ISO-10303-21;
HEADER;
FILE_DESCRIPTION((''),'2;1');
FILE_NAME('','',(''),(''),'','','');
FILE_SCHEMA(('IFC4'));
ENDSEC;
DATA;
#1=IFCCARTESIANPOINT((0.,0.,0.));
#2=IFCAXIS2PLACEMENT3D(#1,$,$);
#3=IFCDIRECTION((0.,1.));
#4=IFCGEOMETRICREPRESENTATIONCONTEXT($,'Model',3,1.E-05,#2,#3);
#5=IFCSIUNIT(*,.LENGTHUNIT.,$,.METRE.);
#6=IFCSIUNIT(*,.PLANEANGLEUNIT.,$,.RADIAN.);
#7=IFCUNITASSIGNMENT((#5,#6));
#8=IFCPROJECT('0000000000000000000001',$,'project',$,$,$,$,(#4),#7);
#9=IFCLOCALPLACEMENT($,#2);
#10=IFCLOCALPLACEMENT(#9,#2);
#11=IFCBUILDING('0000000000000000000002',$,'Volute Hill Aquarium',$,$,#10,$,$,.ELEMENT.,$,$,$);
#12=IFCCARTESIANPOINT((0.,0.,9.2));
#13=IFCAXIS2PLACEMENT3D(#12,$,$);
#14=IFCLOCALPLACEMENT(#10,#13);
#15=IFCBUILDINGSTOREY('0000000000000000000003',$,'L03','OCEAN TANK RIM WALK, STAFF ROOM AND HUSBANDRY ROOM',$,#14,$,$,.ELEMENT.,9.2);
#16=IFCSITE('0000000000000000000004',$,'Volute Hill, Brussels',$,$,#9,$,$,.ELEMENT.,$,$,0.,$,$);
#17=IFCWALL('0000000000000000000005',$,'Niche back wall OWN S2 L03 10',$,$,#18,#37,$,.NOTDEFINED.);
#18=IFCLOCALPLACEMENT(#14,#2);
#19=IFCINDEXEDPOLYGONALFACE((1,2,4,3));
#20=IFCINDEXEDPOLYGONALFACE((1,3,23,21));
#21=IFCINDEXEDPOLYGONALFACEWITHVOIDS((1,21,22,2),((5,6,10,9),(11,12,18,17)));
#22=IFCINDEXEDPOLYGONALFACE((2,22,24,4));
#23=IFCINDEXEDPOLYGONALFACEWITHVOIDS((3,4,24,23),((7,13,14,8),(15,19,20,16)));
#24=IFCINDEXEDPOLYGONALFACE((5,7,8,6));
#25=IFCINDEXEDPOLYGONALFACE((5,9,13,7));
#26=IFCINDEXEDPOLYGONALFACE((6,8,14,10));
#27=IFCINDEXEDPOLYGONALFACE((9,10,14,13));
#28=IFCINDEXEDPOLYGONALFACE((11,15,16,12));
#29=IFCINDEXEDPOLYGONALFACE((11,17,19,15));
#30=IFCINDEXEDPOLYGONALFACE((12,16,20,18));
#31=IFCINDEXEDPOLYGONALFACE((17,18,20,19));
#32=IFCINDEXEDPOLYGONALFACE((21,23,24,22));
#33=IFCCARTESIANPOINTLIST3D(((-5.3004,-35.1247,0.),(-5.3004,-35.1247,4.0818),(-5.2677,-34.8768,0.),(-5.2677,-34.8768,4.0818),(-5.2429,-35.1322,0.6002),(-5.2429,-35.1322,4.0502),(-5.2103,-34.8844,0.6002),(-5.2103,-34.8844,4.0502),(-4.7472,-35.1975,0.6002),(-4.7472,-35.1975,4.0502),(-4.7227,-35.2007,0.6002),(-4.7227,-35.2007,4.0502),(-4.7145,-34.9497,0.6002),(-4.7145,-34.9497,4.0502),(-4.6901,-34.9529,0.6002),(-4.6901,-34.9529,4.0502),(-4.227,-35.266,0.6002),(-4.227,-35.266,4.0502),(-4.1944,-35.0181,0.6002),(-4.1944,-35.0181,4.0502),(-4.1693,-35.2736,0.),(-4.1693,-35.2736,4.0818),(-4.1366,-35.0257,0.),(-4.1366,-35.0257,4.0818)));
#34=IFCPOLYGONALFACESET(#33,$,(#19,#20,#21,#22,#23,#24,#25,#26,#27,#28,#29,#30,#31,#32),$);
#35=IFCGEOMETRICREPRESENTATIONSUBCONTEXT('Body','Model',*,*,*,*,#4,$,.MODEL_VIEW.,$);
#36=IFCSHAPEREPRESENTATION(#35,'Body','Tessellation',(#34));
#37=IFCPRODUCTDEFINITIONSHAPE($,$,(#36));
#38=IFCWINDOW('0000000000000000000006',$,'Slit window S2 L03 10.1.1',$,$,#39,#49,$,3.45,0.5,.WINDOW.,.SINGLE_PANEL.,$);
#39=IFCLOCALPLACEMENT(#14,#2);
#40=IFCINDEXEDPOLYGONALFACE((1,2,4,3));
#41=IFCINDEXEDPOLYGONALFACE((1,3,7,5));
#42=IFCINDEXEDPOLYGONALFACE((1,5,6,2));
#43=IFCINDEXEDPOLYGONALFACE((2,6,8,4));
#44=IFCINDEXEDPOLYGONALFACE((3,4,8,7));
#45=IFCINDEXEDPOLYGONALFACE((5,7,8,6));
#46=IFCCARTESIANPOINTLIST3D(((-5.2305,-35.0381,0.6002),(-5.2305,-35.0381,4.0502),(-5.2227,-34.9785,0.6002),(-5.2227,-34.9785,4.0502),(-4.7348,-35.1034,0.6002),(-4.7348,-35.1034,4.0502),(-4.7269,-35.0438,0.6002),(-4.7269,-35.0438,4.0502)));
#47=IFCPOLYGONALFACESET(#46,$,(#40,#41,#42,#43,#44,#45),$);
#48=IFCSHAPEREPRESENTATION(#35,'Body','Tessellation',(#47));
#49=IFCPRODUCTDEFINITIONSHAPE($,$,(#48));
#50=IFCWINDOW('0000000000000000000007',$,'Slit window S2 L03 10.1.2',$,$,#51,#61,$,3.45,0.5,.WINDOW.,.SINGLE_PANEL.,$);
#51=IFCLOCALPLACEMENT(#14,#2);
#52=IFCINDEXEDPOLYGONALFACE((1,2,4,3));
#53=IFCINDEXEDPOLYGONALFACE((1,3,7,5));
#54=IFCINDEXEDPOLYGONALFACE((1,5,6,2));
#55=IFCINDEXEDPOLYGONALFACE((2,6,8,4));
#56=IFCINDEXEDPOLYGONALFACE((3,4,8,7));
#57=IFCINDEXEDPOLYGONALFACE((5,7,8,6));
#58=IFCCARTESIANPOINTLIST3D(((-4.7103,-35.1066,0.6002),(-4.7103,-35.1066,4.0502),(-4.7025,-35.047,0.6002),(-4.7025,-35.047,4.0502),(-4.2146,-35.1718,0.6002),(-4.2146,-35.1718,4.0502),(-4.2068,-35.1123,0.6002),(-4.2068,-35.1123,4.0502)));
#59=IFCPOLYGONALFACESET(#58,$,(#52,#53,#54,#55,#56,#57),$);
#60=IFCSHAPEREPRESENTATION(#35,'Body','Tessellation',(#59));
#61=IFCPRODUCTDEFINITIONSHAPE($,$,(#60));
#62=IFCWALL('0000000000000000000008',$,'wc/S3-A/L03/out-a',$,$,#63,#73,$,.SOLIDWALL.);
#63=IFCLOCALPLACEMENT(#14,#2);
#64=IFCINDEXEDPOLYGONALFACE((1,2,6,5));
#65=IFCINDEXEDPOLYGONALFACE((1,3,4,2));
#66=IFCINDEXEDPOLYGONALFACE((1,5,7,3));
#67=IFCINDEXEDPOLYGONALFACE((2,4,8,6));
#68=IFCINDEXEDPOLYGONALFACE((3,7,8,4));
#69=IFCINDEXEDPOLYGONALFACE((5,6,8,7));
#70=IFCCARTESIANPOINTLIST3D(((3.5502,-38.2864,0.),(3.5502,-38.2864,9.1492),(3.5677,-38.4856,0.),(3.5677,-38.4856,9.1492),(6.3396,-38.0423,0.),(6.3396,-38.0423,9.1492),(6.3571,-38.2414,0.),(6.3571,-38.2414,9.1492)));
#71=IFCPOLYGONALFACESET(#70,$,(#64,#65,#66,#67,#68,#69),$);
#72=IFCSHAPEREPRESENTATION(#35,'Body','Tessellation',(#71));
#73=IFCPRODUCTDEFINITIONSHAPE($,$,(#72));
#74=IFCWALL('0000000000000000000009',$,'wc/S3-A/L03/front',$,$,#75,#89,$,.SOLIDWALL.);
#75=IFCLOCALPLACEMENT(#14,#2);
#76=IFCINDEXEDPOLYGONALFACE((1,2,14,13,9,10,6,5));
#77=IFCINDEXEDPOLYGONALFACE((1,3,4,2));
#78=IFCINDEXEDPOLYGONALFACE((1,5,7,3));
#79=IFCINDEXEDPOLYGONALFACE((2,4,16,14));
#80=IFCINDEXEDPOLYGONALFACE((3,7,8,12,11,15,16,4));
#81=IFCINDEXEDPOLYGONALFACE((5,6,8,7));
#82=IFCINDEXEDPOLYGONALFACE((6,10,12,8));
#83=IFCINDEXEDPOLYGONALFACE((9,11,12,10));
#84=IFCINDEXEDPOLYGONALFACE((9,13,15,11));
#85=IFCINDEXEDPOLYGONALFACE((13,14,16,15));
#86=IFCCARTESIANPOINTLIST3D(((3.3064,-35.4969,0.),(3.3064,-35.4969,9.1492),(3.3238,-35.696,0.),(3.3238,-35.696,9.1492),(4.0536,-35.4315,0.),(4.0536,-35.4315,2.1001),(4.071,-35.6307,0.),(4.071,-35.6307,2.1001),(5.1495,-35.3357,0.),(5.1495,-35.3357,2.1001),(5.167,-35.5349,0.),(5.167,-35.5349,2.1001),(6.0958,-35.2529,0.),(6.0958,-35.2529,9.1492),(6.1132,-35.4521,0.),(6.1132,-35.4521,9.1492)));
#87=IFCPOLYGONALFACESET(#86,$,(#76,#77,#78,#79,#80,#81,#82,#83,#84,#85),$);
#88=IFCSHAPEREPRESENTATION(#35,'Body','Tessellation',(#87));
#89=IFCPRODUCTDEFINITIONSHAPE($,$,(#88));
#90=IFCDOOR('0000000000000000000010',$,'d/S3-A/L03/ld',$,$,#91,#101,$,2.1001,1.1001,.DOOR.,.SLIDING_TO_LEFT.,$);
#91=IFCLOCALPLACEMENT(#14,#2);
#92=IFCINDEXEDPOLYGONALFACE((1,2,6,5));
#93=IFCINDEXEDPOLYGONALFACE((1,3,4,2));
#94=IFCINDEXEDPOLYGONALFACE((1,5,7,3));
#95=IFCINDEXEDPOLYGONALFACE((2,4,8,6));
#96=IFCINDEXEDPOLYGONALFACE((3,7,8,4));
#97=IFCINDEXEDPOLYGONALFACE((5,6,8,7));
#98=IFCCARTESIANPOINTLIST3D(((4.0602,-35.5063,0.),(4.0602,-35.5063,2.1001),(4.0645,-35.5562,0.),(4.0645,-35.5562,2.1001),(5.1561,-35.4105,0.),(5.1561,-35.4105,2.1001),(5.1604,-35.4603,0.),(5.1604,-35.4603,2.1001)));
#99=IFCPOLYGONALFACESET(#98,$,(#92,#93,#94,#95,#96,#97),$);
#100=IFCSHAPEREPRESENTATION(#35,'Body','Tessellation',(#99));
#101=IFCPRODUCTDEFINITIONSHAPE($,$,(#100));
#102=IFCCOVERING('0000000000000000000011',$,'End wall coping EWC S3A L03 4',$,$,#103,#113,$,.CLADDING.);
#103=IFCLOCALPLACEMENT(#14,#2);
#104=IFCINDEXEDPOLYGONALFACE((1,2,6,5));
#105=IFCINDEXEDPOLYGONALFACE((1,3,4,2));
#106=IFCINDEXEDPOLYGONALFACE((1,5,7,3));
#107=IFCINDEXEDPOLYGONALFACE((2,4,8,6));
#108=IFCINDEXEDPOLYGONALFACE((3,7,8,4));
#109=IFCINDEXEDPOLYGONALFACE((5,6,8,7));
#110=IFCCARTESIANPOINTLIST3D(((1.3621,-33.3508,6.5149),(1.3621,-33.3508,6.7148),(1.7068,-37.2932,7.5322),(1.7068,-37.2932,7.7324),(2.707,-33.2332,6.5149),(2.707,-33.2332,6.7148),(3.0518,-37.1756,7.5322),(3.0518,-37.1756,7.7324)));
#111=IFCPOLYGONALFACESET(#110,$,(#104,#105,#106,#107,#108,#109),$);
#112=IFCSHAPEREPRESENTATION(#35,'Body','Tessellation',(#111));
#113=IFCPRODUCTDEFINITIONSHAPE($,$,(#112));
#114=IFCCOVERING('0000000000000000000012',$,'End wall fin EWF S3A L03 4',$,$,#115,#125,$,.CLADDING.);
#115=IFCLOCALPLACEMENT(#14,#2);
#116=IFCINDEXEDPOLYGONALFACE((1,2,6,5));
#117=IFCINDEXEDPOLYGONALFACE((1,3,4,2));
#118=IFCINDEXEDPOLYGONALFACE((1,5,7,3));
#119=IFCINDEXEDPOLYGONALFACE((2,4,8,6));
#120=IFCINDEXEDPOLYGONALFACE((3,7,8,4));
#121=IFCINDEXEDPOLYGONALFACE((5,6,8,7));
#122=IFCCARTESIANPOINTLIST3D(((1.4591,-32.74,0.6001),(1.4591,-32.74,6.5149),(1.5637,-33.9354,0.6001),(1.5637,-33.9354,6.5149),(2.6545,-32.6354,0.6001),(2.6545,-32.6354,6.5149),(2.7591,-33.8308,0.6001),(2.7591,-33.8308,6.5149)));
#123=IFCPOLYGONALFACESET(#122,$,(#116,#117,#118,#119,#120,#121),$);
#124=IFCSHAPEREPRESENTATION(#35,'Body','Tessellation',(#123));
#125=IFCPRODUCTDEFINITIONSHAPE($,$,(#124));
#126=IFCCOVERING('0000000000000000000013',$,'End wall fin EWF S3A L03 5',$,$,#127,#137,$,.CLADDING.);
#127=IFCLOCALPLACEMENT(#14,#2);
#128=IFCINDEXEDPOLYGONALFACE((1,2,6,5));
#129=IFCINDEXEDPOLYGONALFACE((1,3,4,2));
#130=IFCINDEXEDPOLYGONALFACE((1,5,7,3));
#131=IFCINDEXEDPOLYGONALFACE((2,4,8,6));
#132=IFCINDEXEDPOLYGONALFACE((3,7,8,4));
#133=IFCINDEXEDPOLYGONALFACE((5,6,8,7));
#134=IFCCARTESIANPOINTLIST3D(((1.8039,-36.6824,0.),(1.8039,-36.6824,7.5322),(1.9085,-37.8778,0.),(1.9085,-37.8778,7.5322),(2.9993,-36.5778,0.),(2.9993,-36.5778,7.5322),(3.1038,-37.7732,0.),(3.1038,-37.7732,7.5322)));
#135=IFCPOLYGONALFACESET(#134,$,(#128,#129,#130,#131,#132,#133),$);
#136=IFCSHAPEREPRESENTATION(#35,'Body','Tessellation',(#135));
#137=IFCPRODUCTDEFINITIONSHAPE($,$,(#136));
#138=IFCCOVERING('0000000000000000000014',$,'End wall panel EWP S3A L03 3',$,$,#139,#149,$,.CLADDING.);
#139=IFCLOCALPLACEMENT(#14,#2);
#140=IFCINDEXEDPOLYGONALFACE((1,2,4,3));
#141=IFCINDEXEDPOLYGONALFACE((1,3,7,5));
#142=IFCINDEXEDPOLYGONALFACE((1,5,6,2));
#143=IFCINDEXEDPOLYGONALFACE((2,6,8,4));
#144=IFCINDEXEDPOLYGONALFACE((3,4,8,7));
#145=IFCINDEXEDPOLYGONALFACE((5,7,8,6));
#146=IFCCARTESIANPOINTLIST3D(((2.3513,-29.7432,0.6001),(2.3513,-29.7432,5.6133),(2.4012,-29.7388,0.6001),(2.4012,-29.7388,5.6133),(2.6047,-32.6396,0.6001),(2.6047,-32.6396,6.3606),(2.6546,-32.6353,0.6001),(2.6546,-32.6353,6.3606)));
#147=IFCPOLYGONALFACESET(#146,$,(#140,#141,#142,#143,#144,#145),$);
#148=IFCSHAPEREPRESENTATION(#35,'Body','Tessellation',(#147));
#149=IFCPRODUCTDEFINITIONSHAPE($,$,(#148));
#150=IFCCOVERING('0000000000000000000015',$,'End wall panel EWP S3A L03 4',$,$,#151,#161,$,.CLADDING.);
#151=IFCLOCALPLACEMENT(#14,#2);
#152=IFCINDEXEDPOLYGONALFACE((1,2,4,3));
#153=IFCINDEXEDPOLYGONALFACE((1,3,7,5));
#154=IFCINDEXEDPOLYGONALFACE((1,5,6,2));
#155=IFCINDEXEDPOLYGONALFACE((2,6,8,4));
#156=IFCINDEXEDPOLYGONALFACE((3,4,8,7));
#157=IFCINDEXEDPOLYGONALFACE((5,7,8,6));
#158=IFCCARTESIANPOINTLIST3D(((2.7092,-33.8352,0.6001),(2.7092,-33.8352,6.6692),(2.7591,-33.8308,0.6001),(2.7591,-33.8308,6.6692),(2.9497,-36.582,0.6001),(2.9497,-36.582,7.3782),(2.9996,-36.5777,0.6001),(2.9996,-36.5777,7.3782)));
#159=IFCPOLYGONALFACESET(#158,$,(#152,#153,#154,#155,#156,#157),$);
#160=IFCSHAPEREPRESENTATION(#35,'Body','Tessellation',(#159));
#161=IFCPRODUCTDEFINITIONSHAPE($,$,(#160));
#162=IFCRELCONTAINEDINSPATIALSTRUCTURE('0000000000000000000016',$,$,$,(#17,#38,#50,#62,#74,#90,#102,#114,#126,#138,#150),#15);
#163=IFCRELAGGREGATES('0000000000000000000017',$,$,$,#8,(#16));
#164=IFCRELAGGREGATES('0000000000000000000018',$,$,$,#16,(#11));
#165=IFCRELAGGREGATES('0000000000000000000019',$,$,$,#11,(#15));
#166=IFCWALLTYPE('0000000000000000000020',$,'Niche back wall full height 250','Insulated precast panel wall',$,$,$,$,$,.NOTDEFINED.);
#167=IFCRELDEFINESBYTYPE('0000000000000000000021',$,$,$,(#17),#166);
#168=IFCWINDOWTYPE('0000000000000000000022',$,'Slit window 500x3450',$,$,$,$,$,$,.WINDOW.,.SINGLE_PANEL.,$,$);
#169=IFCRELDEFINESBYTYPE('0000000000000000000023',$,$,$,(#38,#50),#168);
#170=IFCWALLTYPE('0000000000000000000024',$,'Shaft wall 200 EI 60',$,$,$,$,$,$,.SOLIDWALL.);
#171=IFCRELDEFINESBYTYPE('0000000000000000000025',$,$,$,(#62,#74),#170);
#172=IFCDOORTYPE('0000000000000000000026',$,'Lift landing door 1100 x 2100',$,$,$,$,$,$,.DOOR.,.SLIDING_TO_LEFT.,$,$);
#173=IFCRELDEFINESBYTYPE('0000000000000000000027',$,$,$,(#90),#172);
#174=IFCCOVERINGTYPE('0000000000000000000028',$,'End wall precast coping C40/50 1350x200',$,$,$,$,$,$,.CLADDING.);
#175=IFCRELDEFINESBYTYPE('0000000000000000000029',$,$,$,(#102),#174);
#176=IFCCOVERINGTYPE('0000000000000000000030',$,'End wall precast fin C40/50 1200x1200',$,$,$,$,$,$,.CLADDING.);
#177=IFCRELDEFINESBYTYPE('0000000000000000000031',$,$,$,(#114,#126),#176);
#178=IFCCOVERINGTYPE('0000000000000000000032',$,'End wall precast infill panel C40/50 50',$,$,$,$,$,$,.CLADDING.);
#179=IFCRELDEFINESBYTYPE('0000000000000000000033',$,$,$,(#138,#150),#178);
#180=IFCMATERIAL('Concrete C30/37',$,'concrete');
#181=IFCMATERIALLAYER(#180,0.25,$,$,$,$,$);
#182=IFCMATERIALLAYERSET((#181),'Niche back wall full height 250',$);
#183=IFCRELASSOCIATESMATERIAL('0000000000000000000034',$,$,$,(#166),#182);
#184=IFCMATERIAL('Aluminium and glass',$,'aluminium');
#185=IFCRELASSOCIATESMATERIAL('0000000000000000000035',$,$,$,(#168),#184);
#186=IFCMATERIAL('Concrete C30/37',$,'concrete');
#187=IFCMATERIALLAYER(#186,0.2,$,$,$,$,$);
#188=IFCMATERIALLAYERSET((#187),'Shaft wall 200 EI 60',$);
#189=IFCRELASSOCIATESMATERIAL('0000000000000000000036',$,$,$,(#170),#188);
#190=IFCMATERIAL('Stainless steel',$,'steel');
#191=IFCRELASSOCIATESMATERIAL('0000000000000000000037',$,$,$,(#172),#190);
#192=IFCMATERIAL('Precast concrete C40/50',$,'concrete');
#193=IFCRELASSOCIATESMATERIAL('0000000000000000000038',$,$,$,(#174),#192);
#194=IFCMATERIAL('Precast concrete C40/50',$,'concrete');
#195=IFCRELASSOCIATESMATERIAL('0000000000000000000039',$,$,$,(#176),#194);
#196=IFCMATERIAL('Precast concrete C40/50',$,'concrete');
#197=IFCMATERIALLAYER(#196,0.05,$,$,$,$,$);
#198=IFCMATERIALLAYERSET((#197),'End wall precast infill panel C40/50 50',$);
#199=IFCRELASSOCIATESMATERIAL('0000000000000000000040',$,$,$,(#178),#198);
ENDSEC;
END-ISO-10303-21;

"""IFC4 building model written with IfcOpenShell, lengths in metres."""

from ifc_helpers import new_model, si_unit, direction, frame, frame_2d, origin, origin_2d, place, context, subcontext, project, spatial, polyline, rectangle, outline, extrude, material, layer, layer_set, type_object, element, fill, save


model = new_model("IFC4")

# Units and contexts
model_context = context("Model", 3, precision=1e-05, world=origin(), true_north=direction((0.0, 1.0)))
body_context = subcontext(model_context, "Body", "Model", "MODEL_VIEW")
ifc_project = project(units=[si_unit("LENGTHUNIT", "METRE"), si_unit("PLANEANGLEUNIT", "RADIAN")], contexts=[model_context])

# Site, building, storey
site_placement = place(None, origin())
site = spatial("IfcSite", under=ifc_project, at=site_placement, Name="Volute Hill, Brussels", CompositionType="ELEMENT", RefElevation=0.0)
building_placement = place(site_placement, origin())
building = spatial("IfcBuilding", under=site, at=building_placement, Name="Volute Hill Aquarium", CompositionType="ELEMENT")
storey_placement = place(building_placement, frame((0.0, 0.0, 9.2)))
storey = spatial("IfcBuildingStorey", under=building, at=storey_placement, Name="L03", Description="OCEAN TANK RIM WALK, STAFF ROOM AND HUSBANDRY ROOM", CompositionType="ELEMENT", Elevation=9.2)

# Wall, openings, windows
ifc_material_1 = material(Name="Concrete C30/37", Category="concrete")
ifc_layer_1 = layer(ifc_material_1, 0.25)
ifc_layer_set_1 = layer_set([ifc_layer_1], Name="Niche back wall full height 250")
wall_type_1 = type_object("IfcWallType", Name="Niche back wall full height 250", Description="Insulated precast panel wall", PredefinedType="NOTDEFINED", material=ifc_layer_set_1)
wall_1_placement = place(storey_placement, frame((-4.1531, -35.1497, 0.0), z_axis=(0.0, 0.0, 1.0), x_axis=(-0.991443, 0.130538, 0.0)))
wall_1 = element("IfcWall", 1, at=wall_1_placement, inside=storey, type_object=wall_type_1, Name="Niche back wall OWN S2 L03 10", PredefinedType="NOTDEFINED", context=body_context, shape_type="SweptSolid", body=[
    extrude(rectangle(XDim=1.1409, YDim=0.25, at=frame_2d((0.5703, 0.0))), origin(), (0.0, 0.0, 1.0), 4.0818),
])
opening_1_placement = place(wall_1_placement, frame((0.5828, 0.0, 0.6001)))
opening_1 = element("IfcOpeningElement", 2, at=opening_1_placement, cuts=wall_1, PredefinedType="OPENING", context=body_context, shape_type="SweptSolid", body=[
    extrude(rectangle(XDim=0.5, YDim=3.45, at=frame_2d((0.25, 1.7251))), frame((0.0, 0.135, 0.0), z_axis=(0.0, -1.0, 0.0), x_axis=(1.0, 0.0, 0.0)), (0.0, 0.0, 1.0), 0.27),
])
opening_2_placement = place(wall_1_placement, frame((0.0581, 0.0, 0.6001)))
opening_2 = element("IfcOpeningElement", 3, at=opening_2_placement, cuts=wall_1, PredefinedType="OPENING", context=body_context, shape_type="SweptSolid", body=[
    extrude(rectangle(XDim=0.5, YDim=3.45, at=frame_2d((0.25, 1.7251))), frame((0.0, 0.135, 0.0), z_axis=(0.0, -1.0, 0.0), x_axis=(1.0, 0.0, 0.0)), (0.0, 0.0, 1.0), 0.27),
])
ifc_material_2 = material(Name="Aluminium and glass", Category="aluminium")
window_type = type_object("IfcWindowType", Name="Slit window 500x3450", PartitioningType="SINGLE_PANEL", PredefinedType="WINDOW", material=ifc_material_2)
window_1_placement = place(opening_1_placement, origin())
window_1 = element("IfcWindow", 4, at=window_1_placement, inside=storey, type_object=window_type, Name="Slit window S2 L03 10.1.1", OverallHeight=3.45, OverallWidth=0.5, PartitioningType="SINGLE_PANEL", PredefinedType="WINDOW", context=body_context, shape_type="SweptSolid", body=[
    extrude(rectangle(XDim=0.5, YDim=3.45, at=frame_2d((0.25, 1.7251))), frame((0.0, 0.03, 0.0), z_axis=(0.0, -1.0, 0.0), x_axis=(1.0, 0.0, 0.0)), (0.0, 0.0, 1.0), 0.0601),
])
fill(opening_1, window_1)
window_2_placement = place(opening_2_placement, origin())
window_2 = element("IfcWindow", 5, at=window_2_placement, inside=storey, type_object=window_type, Name="Slit window S2 L03 10.1.2", OverallHeight=3.45, OverallWidth=0.5, PartitioningType="SINGLE_PANEL", PredefinedType="WINDOW", context=body_context, shape_type="SweptSolid", body=[
    extrude(rectangle(XDim=0.5, YDim=3.45, at=frame_2d((0.25, 1.7251))), frame((0.0, 0.03, 0.0), z_axis=(0.0, -1.0, 0.0), x_axis=(1.0, 0.0, 0.0)), (0.0, 0.0, 1.0), 0.0601),
])
fill(opening_2, window_2)

# Wall
ifc_material_3 = material(Name="Concrete C30/37", Category="concrete")
ifc_layer_2 = layer(ifc_material_3, 0.2)
ifc_layer_set_2 = layer_set([ifc_layer_2], Name="Shaft wall 200 EI 60")
wall_type_2 = type_object("IfcWallType", Name="Shaft wall 200 EI 60", PredefinedType="SOLIDWALL", material=ifc_layer_set_2)
wall_2_placement = place(storey_placement, frame((3.5591, -38.386, 0.0), z_axis=(0.0, 0.0, 1.0), x_axis=(0.996191, 0.087194, 0.0)))
element("IfcWall", 6, at=wall_2_placement, inside=storey, type_object=wall_type_2, Name="wc/S3-A/L03/out-a", PredefinedType="SOLIDWALL", context=body_context, shape_type="SweptSolid", body=[
    extrude(rectangle(XDim=2.8, YDim=0.2, at=frame_2d((1.3999, 0.0))), origin(), (0.0, 0.0, 1.0), 9.1492),
])

# Wall, opening, door
wall_3_placement = place(storey_placement, frame((3.3152, -35.5964, 0.0), z_axis=(0.0, 0.0, 1.0), x_axis=(0.996199, 0.087107, 0.0)))
wall_3 = element("IfcWall", 7, at=wall_3_placement, inside=storey, type_object=wall_type_2, Name="wc/S3-A/L03/front", PredefinedType="SOLIDWALL", context=body_context, shape_type="SweptSolid", body=[
    extrude(rectangle(XDim=2.8, YDim=0.2, at=frame_2d((1.3999, 0.0))), origin(), (0.0, 0.0, 1.0), 9.1492),
])
opening_3_placement = place(wall_3_placement, frame((0.75, 0.0, 0.0)))
opening_3 = element("IfcOpeningElement", 8, at=opening_3_placement, cuts=wall_3, PredefinedType="OPENING", context=body_context, shape_type="SweptSolid", body=[
    extrude(rectangle(XDim=1.1001, YDim=2.1001, at=frame_2d((0.55, 1.05))), frame((0.0, 0.1099, 0.0), z_axis=(0.0, -1.0, 0.0), x_axis=(1.0, 0.0, 0.0)), (0.0, 0.0, 1.0), 0.22),
])
ifc_material_4 = material(Name="Stainless steel", Category="steel")
door_type_1 = type_object("IfcDoorType", Name="Lift landing door 1100 x 2100", OperationType="SLIDING_TO_LEFT", PredefinedType="DOOR", material=ifc_material_4)
door_1_placement = place(opening_3_placement, origin())
door_1 = element("IfcDoor", 9, at=door_1_placement, inside=storey, type_object=door_type_1, Name="d/S3-A/L03/ld", OperationType="SLIDING_TO_LEFT", OverallHeight=2.1001, OverallWidth=1.1001, PredefinedType="DOOR", context=body_context, shape_type="SweptSolid", body=[
    extrude(rectangle(XDim=1.1001, YDim=2.1001, at=frame_2d((0.55, 1.05))), frame((0.0, 0.0249, 0.0), z_axis=(0.0, -1.0, 0.0), x_axis=(1.0, 0.0, 0.0)), (0.0, 0.0, 1.0), 0.05),
])
fill(opening_3, door_1)

# Coverings
ifc_material_5 = material(Name="Precast concrete C40/50", Category="concrete")
covering_type_1 = type_object("IfcCoveringType", Name="End wall precast coping C40/50 1350x200", PredefinedType="CLADDING", material=ifc_material_5)
covering_1_placement = place(storey_placement, frame((1.3621, -33.3508, 6.5149), z_axis=(-0.996199, -0.087109, 0.0), x_axis=(0.084366, -0.964829, 0.248975)))
element("IfcCovering", 10, at=covering_1_placement, inside=storey, type_object=covering_type_1, Name="End wall coping EWC S3A L03 4", PredefinedType="CLADDING", context=body_context, shape_type="SweptSolid", body=[
    extrude(outline(polyline([(0.0, 0.0), (4.0861, 0.0), (4.1359, 0.1939), (0.0498, 0.1937), (0.0, 0.0)])), origin(), (0.0, 0.0, -1.0), 1.3501),
])
ifc_material_6 = material(Name="Precast concrete C40/50", Category="concrete")
covering_type_2 = type_object("IfcCoveringType", Name="End wall precast fin C40/50 1200x1200", PredefinedType="CLADDING", material=ifc_material_6)
covering_2_placement = place(storey_placement, frame((2.1091, -33.2854, 0.6001), z_axis=(0.0, 0.0, 1.0), x_axis=(0.087154, -0.996195, 0.0)))
element("IfcCovering", 11, at=covering_2_placement, inside=storey, type_object=covering_type_2, Name="End wall fin EWF S3A L03 4", PredefinedType="CLADDING", context=body_context, shape_type="SweptSolid", body=[
    extrude(rectangle(XDim=1.2, YDim=1.2, at=origin_2d()), origin(), (0.0, 0.0, 1.0), 5.9148),
])
covering_3_placement = place(storey_placement, frame((2.4539, -37.2278, 0.0), z_axis=(0.0, 0.0, 1.0), x_axis=(0.087154, -0.996195, 0.0)))
element("IfcCovering", 12, at=covering_3_placement, inside=storey, type_object=covering_type_2, Name="End wall fin EWF S3A L03 5", PredefinedType="CLADDING", context=body_context, shape_type="SweptSolid", body=[
    extrude(rectangle(XDim=1.2, YDim=1.2, at=origin_2d()), origin(), (0.0, 0.0, 1.0), 7.5322),
])
ifc_material_7 = material(Name="Precast concrete C40/50", Category="concrete")
ifc_layer_3 = layer(ifc_material_7, 0.05)
ifc_layer_set_3 = layer_set([ifc_layer_3], Name="End wall precast infill panel C40/50 50")
covering_type_3 = type_object("IfcCoveringType", Name="End wall precast infill panel C40/50 50", PredefinedType="CLADDING", material=ifc_layer_set_3)
covering_4_placement = place(storey_placement, frame((2.3513, -29.7432, 0.6001), z_axis=(-0.996194, -0.087159, 0.0), x_axis=(0.087159, -0.996194, 0.0)))
element("IfcCovering", 13, at=covering_4_placement, inside=storey, type_object=covering_type_3, Name="End wall panel EWP S3A L03 3", PredefinedType="CLADDING", context=body_context, shape_type="SweptSolid", body=[
    extrude(outline(polyline([(0.0, 0.0), (2.9075, 0.0), (2.9075, 5.7605), (0.0, 5.0132), (0.0, 0.0)])), origin(), (0.0, 0.0, -1.0), 0.05),
])
covering_5_placement = place(storey_placement, frame((2.7092, -33.8352, 0.6001), z_axis=(-0.99619, -0.087214, 0.0), x_axis=(0.087214, -0.99619, 0.0)))
element("IfcCovering", 14, at=covering_5_placement, inside=storey, type_object=covering_type_3, Name="End wall panel EWP S3A L03 4", PredefinedType="CLADDING", context=body_context, shape_type="SweptSolid", body=[
    extrude(outline(polyline([(0.0, 0.0), (2.7573, 0.0), (2.7573, 6.7781), (0.0, 6.0691), (0.0, 0.0)])), origin(), (0.0, 0.0, -1.0), 0.05),
])

save(model, "model.ifc")
